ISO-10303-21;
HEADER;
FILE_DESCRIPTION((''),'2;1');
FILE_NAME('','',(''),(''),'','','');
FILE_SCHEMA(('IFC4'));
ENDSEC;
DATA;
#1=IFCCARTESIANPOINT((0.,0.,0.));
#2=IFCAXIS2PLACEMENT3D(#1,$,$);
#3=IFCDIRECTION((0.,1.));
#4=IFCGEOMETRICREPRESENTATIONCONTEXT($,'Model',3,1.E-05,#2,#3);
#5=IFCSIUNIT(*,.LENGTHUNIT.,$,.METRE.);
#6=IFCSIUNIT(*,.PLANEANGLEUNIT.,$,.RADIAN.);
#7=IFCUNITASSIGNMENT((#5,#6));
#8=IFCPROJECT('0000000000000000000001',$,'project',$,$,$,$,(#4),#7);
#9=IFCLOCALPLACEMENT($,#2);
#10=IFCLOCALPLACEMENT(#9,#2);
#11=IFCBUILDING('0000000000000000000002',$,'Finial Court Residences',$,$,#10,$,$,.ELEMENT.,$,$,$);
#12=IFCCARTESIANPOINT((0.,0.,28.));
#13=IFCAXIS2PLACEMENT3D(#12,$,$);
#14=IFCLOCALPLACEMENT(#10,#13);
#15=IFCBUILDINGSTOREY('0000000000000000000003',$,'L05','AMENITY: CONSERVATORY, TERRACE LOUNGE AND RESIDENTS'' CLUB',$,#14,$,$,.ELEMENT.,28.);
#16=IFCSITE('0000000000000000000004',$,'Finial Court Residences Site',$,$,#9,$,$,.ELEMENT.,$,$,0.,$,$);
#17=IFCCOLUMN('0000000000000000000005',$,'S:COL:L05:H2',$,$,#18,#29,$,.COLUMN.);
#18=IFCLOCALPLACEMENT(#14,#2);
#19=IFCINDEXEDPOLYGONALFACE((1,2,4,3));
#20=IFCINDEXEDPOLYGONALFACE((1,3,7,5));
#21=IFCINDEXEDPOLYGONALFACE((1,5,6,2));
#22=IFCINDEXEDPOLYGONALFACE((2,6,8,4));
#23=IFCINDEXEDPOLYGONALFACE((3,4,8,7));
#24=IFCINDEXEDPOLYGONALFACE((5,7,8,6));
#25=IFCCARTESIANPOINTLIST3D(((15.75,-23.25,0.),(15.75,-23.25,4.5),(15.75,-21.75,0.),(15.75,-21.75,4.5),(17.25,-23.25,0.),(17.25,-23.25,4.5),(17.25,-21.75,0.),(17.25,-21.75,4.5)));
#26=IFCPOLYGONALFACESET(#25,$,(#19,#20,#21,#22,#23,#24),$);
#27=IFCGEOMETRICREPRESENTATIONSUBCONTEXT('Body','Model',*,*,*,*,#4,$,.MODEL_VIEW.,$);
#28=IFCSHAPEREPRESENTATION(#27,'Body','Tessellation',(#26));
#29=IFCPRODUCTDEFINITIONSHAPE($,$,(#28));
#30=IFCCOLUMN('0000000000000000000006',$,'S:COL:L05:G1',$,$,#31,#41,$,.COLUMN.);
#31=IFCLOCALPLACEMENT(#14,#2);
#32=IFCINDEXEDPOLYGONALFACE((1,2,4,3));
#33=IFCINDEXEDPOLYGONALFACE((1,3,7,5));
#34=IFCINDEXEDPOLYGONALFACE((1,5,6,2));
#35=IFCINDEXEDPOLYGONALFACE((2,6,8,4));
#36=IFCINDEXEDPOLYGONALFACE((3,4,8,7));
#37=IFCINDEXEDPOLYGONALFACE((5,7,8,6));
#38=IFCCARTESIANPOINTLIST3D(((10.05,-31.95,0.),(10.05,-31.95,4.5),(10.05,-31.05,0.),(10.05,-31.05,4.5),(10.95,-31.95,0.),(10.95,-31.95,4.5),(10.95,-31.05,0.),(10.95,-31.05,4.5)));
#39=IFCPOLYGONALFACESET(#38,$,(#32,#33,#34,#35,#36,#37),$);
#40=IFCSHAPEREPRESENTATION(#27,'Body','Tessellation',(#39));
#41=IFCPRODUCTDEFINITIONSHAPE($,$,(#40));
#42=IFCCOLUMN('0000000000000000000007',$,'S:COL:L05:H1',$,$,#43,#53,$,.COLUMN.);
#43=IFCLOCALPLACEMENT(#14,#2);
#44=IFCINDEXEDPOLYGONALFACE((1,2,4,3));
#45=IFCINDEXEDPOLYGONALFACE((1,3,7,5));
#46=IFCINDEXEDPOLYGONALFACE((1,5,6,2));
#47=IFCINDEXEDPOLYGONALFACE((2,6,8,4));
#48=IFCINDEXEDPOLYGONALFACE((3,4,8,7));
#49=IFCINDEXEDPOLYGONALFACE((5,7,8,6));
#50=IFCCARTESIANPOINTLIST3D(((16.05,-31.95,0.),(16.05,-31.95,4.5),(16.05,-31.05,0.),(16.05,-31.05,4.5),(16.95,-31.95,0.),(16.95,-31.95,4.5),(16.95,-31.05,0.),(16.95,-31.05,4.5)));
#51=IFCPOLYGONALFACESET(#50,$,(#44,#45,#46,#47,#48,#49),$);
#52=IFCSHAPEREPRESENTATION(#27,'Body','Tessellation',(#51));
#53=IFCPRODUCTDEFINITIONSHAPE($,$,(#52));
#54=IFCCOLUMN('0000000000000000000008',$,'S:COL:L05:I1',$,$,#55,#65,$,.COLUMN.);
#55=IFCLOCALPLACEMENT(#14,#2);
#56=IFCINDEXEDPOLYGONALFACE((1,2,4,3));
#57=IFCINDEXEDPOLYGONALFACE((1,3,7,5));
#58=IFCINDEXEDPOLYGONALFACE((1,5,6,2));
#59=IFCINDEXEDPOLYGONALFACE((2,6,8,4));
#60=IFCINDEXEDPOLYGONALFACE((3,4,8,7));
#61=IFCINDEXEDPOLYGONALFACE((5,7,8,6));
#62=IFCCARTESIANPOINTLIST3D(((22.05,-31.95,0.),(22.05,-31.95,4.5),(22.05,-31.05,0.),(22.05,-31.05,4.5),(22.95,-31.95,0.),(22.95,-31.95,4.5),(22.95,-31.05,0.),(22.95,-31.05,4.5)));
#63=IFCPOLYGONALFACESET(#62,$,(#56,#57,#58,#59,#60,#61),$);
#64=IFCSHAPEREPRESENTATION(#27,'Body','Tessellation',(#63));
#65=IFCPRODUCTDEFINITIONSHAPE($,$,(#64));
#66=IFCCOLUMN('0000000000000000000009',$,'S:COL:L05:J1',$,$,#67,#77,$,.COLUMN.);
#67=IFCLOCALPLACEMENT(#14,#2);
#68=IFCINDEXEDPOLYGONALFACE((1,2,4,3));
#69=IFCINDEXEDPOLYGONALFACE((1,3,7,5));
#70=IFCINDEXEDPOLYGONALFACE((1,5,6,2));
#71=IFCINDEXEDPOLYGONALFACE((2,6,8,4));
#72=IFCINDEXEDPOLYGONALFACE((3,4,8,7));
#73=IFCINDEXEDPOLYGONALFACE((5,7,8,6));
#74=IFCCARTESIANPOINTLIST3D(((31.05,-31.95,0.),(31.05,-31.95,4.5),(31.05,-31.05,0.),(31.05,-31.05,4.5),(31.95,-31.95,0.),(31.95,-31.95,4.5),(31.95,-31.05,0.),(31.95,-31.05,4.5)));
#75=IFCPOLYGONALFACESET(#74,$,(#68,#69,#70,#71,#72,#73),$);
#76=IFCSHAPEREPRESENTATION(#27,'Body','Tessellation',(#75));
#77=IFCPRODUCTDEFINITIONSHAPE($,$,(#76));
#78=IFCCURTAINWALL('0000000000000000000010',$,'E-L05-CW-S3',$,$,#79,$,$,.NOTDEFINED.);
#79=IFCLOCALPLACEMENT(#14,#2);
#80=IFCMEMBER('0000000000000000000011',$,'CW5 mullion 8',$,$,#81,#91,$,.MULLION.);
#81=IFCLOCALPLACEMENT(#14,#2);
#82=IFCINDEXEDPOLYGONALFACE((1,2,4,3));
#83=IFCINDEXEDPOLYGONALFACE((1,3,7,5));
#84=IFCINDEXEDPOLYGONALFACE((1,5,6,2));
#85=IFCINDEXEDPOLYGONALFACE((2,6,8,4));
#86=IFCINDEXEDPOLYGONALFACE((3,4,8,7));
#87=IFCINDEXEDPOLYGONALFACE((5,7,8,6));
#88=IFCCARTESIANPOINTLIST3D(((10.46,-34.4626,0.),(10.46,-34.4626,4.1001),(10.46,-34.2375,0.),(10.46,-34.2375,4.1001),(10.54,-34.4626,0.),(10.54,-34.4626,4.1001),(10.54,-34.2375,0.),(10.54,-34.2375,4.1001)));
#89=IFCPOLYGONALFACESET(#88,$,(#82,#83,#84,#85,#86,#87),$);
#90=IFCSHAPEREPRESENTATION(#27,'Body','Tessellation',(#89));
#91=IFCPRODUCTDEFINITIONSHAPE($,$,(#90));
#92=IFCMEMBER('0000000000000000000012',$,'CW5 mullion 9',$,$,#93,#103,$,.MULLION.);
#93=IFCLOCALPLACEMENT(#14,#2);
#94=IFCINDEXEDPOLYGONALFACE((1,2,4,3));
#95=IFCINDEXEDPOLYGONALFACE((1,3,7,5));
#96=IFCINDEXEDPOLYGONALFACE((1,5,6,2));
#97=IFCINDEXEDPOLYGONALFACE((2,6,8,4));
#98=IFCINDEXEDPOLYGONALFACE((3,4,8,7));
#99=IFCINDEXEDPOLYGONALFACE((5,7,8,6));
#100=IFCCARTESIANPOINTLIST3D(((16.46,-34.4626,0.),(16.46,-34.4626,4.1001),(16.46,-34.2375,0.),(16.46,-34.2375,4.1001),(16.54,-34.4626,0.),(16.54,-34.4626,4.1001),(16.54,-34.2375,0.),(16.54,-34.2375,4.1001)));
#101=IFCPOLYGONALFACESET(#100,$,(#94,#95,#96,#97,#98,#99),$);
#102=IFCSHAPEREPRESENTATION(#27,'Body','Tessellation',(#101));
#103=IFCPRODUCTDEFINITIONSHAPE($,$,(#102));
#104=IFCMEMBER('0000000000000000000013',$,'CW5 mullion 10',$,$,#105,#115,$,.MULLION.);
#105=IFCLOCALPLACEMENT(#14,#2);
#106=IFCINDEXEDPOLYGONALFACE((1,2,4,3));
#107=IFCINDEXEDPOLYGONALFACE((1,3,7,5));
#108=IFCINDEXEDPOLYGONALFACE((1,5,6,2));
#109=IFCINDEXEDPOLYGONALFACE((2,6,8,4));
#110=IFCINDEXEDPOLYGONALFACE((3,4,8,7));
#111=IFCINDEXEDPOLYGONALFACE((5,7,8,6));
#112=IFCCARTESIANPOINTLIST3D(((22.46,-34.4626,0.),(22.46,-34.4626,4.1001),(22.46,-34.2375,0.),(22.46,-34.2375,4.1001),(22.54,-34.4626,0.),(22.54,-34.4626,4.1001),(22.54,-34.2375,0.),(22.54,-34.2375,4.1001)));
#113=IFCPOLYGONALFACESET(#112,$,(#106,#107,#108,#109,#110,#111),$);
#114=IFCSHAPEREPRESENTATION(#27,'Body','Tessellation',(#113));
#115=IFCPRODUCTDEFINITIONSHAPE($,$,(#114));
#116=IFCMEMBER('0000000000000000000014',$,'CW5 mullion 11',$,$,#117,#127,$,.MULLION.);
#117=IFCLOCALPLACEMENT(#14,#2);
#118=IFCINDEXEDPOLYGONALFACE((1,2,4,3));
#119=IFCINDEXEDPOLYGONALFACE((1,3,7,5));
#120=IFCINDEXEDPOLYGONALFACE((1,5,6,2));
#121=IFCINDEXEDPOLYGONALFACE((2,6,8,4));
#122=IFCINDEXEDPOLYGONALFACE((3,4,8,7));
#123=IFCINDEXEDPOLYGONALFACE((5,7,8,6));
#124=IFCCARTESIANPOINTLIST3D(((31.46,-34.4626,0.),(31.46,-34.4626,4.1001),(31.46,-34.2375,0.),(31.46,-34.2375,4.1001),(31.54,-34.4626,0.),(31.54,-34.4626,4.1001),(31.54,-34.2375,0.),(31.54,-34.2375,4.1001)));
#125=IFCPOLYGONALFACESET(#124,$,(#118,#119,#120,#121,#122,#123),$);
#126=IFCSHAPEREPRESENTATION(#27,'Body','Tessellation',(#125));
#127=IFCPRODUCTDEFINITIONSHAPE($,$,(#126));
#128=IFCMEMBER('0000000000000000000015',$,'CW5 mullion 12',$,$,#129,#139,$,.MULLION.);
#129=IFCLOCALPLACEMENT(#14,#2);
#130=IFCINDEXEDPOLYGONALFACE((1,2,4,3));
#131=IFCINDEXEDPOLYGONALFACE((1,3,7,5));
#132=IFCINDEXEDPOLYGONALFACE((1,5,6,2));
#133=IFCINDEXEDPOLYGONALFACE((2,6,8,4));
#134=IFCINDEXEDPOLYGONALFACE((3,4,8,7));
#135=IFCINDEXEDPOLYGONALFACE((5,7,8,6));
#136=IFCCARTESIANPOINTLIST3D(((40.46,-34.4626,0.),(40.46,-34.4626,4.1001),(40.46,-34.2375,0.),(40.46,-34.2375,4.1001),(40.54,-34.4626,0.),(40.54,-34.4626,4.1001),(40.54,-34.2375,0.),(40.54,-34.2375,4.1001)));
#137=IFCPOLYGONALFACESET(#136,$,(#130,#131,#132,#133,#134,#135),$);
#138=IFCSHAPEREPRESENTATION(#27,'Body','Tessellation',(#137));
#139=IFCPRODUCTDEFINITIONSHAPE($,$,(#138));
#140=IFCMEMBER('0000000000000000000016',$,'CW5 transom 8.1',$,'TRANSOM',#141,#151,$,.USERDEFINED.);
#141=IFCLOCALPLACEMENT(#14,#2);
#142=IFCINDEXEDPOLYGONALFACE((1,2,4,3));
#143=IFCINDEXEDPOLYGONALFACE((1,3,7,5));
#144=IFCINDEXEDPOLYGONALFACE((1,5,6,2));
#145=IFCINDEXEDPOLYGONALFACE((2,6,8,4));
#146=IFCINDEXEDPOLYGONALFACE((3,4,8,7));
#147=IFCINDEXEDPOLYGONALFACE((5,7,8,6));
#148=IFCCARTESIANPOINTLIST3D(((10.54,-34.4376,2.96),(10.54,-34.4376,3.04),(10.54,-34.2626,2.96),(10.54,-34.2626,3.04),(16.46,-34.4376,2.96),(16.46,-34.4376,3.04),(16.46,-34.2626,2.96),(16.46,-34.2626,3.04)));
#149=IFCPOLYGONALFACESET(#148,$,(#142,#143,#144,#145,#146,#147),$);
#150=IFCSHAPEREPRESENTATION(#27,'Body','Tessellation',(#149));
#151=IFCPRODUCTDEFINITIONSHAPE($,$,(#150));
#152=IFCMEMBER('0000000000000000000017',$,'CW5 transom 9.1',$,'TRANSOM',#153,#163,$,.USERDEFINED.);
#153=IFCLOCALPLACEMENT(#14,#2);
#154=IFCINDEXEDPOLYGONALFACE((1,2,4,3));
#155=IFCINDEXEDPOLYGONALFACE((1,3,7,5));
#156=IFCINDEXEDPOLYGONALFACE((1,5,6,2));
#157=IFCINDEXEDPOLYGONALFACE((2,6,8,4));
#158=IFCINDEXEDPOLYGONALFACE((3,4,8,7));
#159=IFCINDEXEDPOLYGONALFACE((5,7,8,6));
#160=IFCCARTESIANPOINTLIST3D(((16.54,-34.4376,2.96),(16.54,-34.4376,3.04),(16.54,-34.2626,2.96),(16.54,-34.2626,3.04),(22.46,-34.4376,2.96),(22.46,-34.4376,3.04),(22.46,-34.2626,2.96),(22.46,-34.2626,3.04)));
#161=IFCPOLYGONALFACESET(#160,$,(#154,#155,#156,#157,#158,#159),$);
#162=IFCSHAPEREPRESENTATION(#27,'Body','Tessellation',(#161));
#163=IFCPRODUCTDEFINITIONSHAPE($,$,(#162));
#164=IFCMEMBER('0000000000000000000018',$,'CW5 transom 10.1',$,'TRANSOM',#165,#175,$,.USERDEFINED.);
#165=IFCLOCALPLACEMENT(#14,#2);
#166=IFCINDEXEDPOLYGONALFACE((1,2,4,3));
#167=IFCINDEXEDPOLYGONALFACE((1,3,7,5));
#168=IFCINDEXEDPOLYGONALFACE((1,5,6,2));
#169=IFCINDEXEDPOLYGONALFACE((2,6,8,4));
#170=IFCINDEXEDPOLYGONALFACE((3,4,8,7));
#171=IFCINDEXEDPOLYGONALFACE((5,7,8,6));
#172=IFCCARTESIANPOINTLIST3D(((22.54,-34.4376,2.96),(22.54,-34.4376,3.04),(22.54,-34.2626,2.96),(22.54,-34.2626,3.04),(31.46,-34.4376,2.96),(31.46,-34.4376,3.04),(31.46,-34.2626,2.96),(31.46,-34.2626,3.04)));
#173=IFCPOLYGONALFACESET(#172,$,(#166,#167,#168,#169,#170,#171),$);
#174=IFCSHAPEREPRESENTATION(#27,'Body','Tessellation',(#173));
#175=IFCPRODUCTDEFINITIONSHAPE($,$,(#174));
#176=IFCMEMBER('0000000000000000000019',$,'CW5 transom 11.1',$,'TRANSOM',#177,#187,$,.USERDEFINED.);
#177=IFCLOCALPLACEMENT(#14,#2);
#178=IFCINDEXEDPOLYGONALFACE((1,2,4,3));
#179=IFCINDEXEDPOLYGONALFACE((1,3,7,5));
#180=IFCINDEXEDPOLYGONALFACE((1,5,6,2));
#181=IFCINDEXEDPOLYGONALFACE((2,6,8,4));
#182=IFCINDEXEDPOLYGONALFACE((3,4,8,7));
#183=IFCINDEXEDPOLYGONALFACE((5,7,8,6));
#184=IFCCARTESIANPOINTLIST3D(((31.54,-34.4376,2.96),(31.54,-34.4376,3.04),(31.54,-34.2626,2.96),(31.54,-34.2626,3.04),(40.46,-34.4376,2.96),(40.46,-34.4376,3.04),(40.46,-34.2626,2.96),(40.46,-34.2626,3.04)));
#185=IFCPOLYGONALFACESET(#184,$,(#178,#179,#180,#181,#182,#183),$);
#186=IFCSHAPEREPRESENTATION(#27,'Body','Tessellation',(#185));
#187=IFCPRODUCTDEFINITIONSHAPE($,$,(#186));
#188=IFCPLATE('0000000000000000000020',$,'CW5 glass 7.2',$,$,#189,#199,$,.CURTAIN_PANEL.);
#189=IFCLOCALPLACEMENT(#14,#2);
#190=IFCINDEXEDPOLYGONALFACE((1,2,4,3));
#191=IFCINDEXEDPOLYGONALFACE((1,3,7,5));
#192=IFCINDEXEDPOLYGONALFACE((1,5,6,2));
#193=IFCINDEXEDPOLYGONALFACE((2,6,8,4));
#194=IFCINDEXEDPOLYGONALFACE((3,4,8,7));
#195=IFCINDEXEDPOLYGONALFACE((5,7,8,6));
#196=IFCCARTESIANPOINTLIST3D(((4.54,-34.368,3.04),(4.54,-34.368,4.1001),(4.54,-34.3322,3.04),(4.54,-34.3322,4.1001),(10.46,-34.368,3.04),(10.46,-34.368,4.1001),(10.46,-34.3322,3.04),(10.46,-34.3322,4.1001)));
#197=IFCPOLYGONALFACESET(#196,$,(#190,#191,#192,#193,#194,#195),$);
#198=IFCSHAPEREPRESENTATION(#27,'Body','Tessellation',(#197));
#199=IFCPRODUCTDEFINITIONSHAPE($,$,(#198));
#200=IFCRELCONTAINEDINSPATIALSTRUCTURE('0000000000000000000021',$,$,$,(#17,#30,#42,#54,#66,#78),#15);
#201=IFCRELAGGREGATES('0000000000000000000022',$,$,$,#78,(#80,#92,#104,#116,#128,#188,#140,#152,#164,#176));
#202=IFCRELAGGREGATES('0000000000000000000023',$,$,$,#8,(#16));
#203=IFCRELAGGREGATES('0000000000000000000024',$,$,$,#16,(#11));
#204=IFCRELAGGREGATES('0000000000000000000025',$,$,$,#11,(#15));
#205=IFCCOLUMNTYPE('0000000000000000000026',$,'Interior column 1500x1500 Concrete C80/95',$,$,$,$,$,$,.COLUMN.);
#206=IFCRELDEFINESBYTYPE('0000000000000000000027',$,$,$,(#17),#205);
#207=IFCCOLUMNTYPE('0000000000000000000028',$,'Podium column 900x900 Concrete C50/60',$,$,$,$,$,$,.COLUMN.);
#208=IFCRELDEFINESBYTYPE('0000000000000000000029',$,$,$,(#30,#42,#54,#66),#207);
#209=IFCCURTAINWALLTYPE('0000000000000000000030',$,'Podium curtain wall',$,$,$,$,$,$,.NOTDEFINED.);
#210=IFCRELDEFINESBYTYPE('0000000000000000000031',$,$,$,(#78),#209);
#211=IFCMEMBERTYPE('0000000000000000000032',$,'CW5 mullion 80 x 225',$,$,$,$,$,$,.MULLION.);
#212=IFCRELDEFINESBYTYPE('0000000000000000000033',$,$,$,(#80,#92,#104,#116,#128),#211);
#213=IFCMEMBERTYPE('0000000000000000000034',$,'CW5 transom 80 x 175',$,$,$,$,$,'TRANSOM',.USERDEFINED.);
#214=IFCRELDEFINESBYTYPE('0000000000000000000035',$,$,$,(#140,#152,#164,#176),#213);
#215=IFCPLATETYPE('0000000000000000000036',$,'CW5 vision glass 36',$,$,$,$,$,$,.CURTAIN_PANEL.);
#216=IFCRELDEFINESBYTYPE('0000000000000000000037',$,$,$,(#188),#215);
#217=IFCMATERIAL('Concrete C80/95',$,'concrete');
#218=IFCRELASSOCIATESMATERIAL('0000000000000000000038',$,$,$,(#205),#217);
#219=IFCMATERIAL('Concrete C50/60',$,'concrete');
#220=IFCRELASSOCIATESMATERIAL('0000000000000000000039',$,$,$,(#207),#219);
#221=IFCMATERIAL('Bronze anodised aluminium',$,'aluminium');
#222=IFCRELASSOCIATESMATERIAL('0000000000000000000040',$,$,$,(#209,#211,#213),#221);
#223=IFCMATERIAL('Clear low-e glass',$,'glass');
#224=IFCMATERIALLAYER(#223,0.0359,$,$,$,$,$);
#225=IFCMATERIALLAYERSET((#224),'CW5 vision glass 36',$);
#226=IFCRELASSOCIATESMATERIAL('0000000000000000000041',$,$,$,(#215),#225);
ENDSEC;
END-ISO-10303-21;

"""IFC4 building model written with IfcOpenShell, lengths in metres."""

from ifc_helpers import new_model, si_unit, direction, frame, origin, origin_2d, place, context, subcontext, project, spatial, rectangle, extrude, material, layer, layer_set, material_profile, profile_set, type_object, element, aggregate, save


model = new_model("IFC4")

# Units and contexts
model_context = context("Model", 3, precision=1e-05, world=origin(), true_north=direction((0.0, 1.0)))
body_context = subcontext(model_context, "Body", "Model", "MODEL_VIEW")
ifc_project = project(units=[si_unit("LENGTHUNIT", "METRE"), si_unit("PLANEANGLEUNIT", "RADIAN")], contexts=[model_context])

# Site, building, storey
site_placement = place(None, origin())
site = spatial("IfcSite", under=ifc_project, at=site_placement, Name="Finial Court Residences Site", CompositionType="ELEMENT", RefElevation=0.0)
building_placement = place(site_placement, origin())
building = spatial("IfcBuilding", under=site, at=building_placement, Name="Finial Court Residences", CompositionType="ELEMENT")
storey_placement = place(building_placement, frame((0.0, 0.0, 28.0)))
storey = spatial("IfcBuildingStorey", under=building, at=storey_placement, Name="L05", Description="AMENITY: CONSERVATORY, TERRACE LOUNGE AND RESIDENTS' CLUB", CompositionType="ELEMENT", Elevation=28.0)

# Columns
ifc_material_1 = material(Name="Concrete C80/95", Category="concrete")
ifc_material_profile_1 = material_profile(ifc_material_1, rectangle(XDim=1.5, YDim=1.5, at=origin_2d()), Name="1500x1500")
ifc_profile_set_1 = profile_set([ifc_material_profile_1], Name="Concrete C80/95")
column_type_1 = type_object("IfcColumnType", Name="Interior column 1500x1500 Concrete C80/95", PredefinedType="COLUMN", material=ifc_profile_set_1)
column_placement = place(storey_placement, frame((16.5, -22.5, 0.0), z_axis=(0.0, 0.0, 1.0), x_axis=(1.0, 0.0, 0.0)))
element("IfcColumn", 1, at=column_placement, inside=storey, type_object=column_type_1, Name="S:COL:L05:H2", PredefinedType="COLUMN", context=body_context, shape_type="SweptSolid", body=[
    extrude(rectangle(XDim=1.5, YDim=1.5, at=origin_2d()), origin(), (0.0, 0.0, 1.0), 4.5),
])
ifc_material_2 = material(Name="Concrete C50/60", Category="concrete")
ifc_material_profile_2 = material_profile(ifc_material_2, rectangle(XDim=0.8999, YDim=0.8999, at=origin_2d()), Name="900x900")
ifc_profile_set_2 = profile_set([ifc_material_profile_2], Name="Concrete C50/60")
column_type_2 = type_object("IfcColumnType", Name="Podium column 900x900 Concrete C50/60", PredefinedType="COLUMN", material=ifc_profile_set_2)
for number, where, z_axis, x_axis, name in (
    (2, (10.5, -31.5, 0.0), (0.0, 0.0, 1.0), (1.0, 0.0, 0.0), "S:COL:L05:G1"),
    (3, (16.5, -31.5, 0.0), (0.0, 0.0, 1.0), (1.0, 0.0, 0.0), "S:COL:L05:H1"),
    (4, (22.5, -31.5, 0.0), (0.0, 0.0, 1.0), (1.0, 0.0, 0.0), "S:COL:L05:I1"),
    (5, (31.5, -31.5, 0.0), (0.0, 0.0, 1.0), (1.0, 0.0, 0.0), "S:COL:L05:J1"),
):
    element("IfcColumn", number, at=place(storey_placement, frame(where, z_axis=z_axis, x_axis=x_axis)), inside=storey, type_object=column_type_2, Name=name, PredefinedType="COLUMN", context=body_context, shape_type="SweptSolid", body=[
        extrude(rectangle(XDim=0.8999, YDim=0.8999, at=origin_2d()), origin(), (0.0, 0.0, 1.0), 4.5),
    ])

# Curtain wall, members, plate
ifc_material_3 = material(Name="Bronze anodised aluminium", Category="aluminium")
curtain_wall_type = type_object("IfcCurtainWallType", Name="Podium curtain wall", PredefinedType="NOTDEFINED", material=ifc_material_3)
curtain_wall_placement = place(storey_placement, origin())
curtain_wall = element("IfcCurtainWall", 6, at=curtain_wall_placement, inside=storey, type_object=curtain_wall_type, Name="E-L05-CW-S3", PredefinedType="NOTDEFINED")
ifc_material_profile_3 = material_profile(ifc_material_3, rectangle(XDim=0.2251, YDim=0.0801, at=origin_2d()), Name="CW5 mullion 80 x 225")
ifc_profile_set_3 = profile_set([ifc_material_profile_3], Name="Bronze anodised aluminium")
member_type_1 = type_object("IfcMemberType", Name="CW5 mullion 80 x 225", PredefinedType="MULLION", material=ifc_profile_set_3)
member_1_placement = place(storey_placement, frame((10.5, -34.3501, 0.0), z_axis=(0.0, 0.0, 1.0), x_axis=(0.0, 1.0, 0.0)))
member_1 = element("IfcMember", 7, at=member_1_placement, type_object=member_type_1, Name="CW5 mullion 8", PredefinedType="MULLION", context=body_context, shape_type="SweptSolid", body=[
    extrude(rectangle(XDim=0.2251, YDim=0.0801, at=origin_2d()), origin(), (0.0, 0.0, 1.0), 4.1001),
])
member_2_placement = place(storey_placement, frame((16.5, -34.3501, 0.0), z_axis=(0.0, 0.0, 1.0), x_axis=(0.0, 1.0, 0.0)))
member_2 = element("IfcMember", 8, at=member_2_placement, type_object=member_type_1, Name="CW5 mullion 9", PredefinedType="MULLION", context=body_context, shape_type="SweptSolid", body=[
    extrude(rectangle(XDim=0.2251, YDim=0.0801, at=origin_2d()), origin(), (0.0, 0.0, 1.0), 4.1001),
])
member_3_placement = place(storey_placement, frame((22.5, -34.3501, 0.0), z_axis=(0.0, 0.0, 1.0), x_axis=(0.0, 1.0, 0.0)))
member_3 = element("IfcMember", 9, at=member_3_placement, type_object=member_type_1, Name="CW5 mullion 10", PredefinedType="MULLION", context=body_context, shape_type="SweptSolid", body=[
    extrude(rectangle(XDim=0.2251, YDim=0.0801, at=origin_2d()), origin(), (0.0, 0.0, 1.0), 4.1001),
])
member_4_placement = place(storey_placement, frame((31.5, -34.3501, 0.0), z_axis=(0.0, 0.0, 1.0), x_axis=(0.0, 1.0, 0.0)))
member_4 = element("IfcMember", 10, at=member_4_placement, type_object=member_type_1, Name="CW5 mullion 11", PredefinedType="MULLION", context=body_context, shape_type="SweptSolid", body=[
    extrude(rectangle(XDim=0.2251, YDim=0.0801, at=origin_2d()), origin(), (0.0, 0.0, 1.0), 4.1001),
])
member_5_placement = place(storey_placement, frame((40.5, -34.3501, 0.0), z_axis=(0.0, 0.0, 1.0), x_axis=(0.0, 1.0, 0.0)))
member_5 = element("IfcMember", 11, at=member_5_placement, type_object=member_type_1, Name="CW5 mullion 12", PredefinedType="MULLION", context=body_context, shape_type="SweptSolid", body=[
    extrude(rectangle(XDim=0.2251, YDim=0.0801, at=origin_2d()), origin(), (0.0, 0.0, 1.0), 4.1001),
])
ifc_material_profile_4 = material_profile(ifc_material_3, rectangle(XDim=0.175, YDim=0.0801, at=origin_2d()), Name="CW5 transom 80 x 175")
ifc_profile_set_4 = profile_set([ifc_material_profile_4], Name="Bronze anodised aluminium")
member_type_2 = type_object("IfcMemberType", Name="CW5 transom 80 x 175", ElementType="TRANSOM", PredefinedType="USERDEFINED", material=ifc_profile_set_4)
member_6_placement = place(storey_placement, frame((10.54, -34.3501, 3.0), z_axis=(1.0, 0.0, 0.0), x_axis=(0.0, 1.0, 0.0)))
member_6 = element("IfcMember", 12, at=member_6_placement, type_object=member_type_2, Name="CW5 transom 8.1", ObjectType="TRANSOM", PredefinedType="USERDEFINED", context=body_context, shape_type="SweptSolid", body=[
    extrude(rectangle(XDim=0.175, YDim=0.0801, at=origin_2d()), origin(), (0.0, 0.0, 1.0), 5.9199),
])
member_7_placement = place(storey_placement, frame((16.54, -34.3501, 3.0), z_axis=(1.0, 0.0, 0.0), x_axis=(0.0, 1.0, 0.0)))
member_7 = element("IfcMember", 13, at=member_7_placement, type_object=member_type_2, Name="CW5 transom 9.1", ObjectType="TRANSOM", PredefinedType="USERDEFINED", context=body_context, shape_type="SweptSolid", body=[
    extrude(rectangle(XDim=0.175, YDim=0.0801, at=origin_2d()), origin(), (0.0, 0.0, 1.0), 5.9199),
])
member_8_placement = place(storey_placement, frame((22.54, -34.3501, 3.0), z_axis=(1.0, 0.0, 0.0), x_axis=(0.0, 1.0, 0.0)))
member_8 = element("IfcMember", 14, at=member_8_placement, type_object=member_type_2, Name="CW5 transom 10.1", ObjectType="TRANSOM", PredefinedType="USERDEFINED", context=body_context, shape_type="SweptSolid", body=[
    extrude(rectangle(XDim=0.175, YDim=0.0801, at=origin_2d()), origin(), (0.0, 0.0, 1.0), 8.9199),
])
member_9_placement = place(storey_placement, frame((31.54, -34.3501, 3.0), z_axis=(1.0, 0.0, 0.0), x_axis=(0.0, 1.0, 0.0)))
member_9 = element("IfcMember", 15, at=member_9_placement, type_object=member_type_2, Name="CW5 transom 11.1", ObjectType="TRANSOM", PredefinedType="USERDEFINED", context=body_context, shape_type="SweptSolid", body=[
    extrude(rectangle(XDim=0.175, YDim=0.0801, at=origin_2d()), origin(), (0.0, 0.0, 1.0), 8.9199),
])
ifc_material_4 = material(Name="Clear low-e glass", Category="glass")
ifc_layer_1 = layer(ifc_material_4, 0.0359)
ifc_layer_set_1 = layer_set([ifc_layer_1], Name="CW5 vision glass 36")
plate_type = type_object("IfcPlateType", Name="CW5 vision glass 36", PredefinedType="CURTAIN_PANEL", material=ifc_layer_set_1)
plate_1_placement = place(storey_placement, frame((7.5, -34.3501, 3.04), z_axis=(0.0, 0.0, 1.0), x_axis=(1.0, 0.0, 0.0)))
plate_1 = element("IfcPlate", 16, at=plate_1_placement, type_object=plate_type, Name="CW5 glass 7.2", PredefinedType="CURTAIN_PANEL", context=body_context, shape_type="SweptSolid", body=[
    extrude(rectangle(XDim=5.9199, YDim=0.0359, at=origin_2d()), origin(), (0.0, 0.0, 1.0), 1.0601),
])
aggregate(curtain_wall, [member_1, member_2, member_3, member_4, member_5, plate_1, member_6, member_7, member_8, member_9])

save(model, "model.ifc")
